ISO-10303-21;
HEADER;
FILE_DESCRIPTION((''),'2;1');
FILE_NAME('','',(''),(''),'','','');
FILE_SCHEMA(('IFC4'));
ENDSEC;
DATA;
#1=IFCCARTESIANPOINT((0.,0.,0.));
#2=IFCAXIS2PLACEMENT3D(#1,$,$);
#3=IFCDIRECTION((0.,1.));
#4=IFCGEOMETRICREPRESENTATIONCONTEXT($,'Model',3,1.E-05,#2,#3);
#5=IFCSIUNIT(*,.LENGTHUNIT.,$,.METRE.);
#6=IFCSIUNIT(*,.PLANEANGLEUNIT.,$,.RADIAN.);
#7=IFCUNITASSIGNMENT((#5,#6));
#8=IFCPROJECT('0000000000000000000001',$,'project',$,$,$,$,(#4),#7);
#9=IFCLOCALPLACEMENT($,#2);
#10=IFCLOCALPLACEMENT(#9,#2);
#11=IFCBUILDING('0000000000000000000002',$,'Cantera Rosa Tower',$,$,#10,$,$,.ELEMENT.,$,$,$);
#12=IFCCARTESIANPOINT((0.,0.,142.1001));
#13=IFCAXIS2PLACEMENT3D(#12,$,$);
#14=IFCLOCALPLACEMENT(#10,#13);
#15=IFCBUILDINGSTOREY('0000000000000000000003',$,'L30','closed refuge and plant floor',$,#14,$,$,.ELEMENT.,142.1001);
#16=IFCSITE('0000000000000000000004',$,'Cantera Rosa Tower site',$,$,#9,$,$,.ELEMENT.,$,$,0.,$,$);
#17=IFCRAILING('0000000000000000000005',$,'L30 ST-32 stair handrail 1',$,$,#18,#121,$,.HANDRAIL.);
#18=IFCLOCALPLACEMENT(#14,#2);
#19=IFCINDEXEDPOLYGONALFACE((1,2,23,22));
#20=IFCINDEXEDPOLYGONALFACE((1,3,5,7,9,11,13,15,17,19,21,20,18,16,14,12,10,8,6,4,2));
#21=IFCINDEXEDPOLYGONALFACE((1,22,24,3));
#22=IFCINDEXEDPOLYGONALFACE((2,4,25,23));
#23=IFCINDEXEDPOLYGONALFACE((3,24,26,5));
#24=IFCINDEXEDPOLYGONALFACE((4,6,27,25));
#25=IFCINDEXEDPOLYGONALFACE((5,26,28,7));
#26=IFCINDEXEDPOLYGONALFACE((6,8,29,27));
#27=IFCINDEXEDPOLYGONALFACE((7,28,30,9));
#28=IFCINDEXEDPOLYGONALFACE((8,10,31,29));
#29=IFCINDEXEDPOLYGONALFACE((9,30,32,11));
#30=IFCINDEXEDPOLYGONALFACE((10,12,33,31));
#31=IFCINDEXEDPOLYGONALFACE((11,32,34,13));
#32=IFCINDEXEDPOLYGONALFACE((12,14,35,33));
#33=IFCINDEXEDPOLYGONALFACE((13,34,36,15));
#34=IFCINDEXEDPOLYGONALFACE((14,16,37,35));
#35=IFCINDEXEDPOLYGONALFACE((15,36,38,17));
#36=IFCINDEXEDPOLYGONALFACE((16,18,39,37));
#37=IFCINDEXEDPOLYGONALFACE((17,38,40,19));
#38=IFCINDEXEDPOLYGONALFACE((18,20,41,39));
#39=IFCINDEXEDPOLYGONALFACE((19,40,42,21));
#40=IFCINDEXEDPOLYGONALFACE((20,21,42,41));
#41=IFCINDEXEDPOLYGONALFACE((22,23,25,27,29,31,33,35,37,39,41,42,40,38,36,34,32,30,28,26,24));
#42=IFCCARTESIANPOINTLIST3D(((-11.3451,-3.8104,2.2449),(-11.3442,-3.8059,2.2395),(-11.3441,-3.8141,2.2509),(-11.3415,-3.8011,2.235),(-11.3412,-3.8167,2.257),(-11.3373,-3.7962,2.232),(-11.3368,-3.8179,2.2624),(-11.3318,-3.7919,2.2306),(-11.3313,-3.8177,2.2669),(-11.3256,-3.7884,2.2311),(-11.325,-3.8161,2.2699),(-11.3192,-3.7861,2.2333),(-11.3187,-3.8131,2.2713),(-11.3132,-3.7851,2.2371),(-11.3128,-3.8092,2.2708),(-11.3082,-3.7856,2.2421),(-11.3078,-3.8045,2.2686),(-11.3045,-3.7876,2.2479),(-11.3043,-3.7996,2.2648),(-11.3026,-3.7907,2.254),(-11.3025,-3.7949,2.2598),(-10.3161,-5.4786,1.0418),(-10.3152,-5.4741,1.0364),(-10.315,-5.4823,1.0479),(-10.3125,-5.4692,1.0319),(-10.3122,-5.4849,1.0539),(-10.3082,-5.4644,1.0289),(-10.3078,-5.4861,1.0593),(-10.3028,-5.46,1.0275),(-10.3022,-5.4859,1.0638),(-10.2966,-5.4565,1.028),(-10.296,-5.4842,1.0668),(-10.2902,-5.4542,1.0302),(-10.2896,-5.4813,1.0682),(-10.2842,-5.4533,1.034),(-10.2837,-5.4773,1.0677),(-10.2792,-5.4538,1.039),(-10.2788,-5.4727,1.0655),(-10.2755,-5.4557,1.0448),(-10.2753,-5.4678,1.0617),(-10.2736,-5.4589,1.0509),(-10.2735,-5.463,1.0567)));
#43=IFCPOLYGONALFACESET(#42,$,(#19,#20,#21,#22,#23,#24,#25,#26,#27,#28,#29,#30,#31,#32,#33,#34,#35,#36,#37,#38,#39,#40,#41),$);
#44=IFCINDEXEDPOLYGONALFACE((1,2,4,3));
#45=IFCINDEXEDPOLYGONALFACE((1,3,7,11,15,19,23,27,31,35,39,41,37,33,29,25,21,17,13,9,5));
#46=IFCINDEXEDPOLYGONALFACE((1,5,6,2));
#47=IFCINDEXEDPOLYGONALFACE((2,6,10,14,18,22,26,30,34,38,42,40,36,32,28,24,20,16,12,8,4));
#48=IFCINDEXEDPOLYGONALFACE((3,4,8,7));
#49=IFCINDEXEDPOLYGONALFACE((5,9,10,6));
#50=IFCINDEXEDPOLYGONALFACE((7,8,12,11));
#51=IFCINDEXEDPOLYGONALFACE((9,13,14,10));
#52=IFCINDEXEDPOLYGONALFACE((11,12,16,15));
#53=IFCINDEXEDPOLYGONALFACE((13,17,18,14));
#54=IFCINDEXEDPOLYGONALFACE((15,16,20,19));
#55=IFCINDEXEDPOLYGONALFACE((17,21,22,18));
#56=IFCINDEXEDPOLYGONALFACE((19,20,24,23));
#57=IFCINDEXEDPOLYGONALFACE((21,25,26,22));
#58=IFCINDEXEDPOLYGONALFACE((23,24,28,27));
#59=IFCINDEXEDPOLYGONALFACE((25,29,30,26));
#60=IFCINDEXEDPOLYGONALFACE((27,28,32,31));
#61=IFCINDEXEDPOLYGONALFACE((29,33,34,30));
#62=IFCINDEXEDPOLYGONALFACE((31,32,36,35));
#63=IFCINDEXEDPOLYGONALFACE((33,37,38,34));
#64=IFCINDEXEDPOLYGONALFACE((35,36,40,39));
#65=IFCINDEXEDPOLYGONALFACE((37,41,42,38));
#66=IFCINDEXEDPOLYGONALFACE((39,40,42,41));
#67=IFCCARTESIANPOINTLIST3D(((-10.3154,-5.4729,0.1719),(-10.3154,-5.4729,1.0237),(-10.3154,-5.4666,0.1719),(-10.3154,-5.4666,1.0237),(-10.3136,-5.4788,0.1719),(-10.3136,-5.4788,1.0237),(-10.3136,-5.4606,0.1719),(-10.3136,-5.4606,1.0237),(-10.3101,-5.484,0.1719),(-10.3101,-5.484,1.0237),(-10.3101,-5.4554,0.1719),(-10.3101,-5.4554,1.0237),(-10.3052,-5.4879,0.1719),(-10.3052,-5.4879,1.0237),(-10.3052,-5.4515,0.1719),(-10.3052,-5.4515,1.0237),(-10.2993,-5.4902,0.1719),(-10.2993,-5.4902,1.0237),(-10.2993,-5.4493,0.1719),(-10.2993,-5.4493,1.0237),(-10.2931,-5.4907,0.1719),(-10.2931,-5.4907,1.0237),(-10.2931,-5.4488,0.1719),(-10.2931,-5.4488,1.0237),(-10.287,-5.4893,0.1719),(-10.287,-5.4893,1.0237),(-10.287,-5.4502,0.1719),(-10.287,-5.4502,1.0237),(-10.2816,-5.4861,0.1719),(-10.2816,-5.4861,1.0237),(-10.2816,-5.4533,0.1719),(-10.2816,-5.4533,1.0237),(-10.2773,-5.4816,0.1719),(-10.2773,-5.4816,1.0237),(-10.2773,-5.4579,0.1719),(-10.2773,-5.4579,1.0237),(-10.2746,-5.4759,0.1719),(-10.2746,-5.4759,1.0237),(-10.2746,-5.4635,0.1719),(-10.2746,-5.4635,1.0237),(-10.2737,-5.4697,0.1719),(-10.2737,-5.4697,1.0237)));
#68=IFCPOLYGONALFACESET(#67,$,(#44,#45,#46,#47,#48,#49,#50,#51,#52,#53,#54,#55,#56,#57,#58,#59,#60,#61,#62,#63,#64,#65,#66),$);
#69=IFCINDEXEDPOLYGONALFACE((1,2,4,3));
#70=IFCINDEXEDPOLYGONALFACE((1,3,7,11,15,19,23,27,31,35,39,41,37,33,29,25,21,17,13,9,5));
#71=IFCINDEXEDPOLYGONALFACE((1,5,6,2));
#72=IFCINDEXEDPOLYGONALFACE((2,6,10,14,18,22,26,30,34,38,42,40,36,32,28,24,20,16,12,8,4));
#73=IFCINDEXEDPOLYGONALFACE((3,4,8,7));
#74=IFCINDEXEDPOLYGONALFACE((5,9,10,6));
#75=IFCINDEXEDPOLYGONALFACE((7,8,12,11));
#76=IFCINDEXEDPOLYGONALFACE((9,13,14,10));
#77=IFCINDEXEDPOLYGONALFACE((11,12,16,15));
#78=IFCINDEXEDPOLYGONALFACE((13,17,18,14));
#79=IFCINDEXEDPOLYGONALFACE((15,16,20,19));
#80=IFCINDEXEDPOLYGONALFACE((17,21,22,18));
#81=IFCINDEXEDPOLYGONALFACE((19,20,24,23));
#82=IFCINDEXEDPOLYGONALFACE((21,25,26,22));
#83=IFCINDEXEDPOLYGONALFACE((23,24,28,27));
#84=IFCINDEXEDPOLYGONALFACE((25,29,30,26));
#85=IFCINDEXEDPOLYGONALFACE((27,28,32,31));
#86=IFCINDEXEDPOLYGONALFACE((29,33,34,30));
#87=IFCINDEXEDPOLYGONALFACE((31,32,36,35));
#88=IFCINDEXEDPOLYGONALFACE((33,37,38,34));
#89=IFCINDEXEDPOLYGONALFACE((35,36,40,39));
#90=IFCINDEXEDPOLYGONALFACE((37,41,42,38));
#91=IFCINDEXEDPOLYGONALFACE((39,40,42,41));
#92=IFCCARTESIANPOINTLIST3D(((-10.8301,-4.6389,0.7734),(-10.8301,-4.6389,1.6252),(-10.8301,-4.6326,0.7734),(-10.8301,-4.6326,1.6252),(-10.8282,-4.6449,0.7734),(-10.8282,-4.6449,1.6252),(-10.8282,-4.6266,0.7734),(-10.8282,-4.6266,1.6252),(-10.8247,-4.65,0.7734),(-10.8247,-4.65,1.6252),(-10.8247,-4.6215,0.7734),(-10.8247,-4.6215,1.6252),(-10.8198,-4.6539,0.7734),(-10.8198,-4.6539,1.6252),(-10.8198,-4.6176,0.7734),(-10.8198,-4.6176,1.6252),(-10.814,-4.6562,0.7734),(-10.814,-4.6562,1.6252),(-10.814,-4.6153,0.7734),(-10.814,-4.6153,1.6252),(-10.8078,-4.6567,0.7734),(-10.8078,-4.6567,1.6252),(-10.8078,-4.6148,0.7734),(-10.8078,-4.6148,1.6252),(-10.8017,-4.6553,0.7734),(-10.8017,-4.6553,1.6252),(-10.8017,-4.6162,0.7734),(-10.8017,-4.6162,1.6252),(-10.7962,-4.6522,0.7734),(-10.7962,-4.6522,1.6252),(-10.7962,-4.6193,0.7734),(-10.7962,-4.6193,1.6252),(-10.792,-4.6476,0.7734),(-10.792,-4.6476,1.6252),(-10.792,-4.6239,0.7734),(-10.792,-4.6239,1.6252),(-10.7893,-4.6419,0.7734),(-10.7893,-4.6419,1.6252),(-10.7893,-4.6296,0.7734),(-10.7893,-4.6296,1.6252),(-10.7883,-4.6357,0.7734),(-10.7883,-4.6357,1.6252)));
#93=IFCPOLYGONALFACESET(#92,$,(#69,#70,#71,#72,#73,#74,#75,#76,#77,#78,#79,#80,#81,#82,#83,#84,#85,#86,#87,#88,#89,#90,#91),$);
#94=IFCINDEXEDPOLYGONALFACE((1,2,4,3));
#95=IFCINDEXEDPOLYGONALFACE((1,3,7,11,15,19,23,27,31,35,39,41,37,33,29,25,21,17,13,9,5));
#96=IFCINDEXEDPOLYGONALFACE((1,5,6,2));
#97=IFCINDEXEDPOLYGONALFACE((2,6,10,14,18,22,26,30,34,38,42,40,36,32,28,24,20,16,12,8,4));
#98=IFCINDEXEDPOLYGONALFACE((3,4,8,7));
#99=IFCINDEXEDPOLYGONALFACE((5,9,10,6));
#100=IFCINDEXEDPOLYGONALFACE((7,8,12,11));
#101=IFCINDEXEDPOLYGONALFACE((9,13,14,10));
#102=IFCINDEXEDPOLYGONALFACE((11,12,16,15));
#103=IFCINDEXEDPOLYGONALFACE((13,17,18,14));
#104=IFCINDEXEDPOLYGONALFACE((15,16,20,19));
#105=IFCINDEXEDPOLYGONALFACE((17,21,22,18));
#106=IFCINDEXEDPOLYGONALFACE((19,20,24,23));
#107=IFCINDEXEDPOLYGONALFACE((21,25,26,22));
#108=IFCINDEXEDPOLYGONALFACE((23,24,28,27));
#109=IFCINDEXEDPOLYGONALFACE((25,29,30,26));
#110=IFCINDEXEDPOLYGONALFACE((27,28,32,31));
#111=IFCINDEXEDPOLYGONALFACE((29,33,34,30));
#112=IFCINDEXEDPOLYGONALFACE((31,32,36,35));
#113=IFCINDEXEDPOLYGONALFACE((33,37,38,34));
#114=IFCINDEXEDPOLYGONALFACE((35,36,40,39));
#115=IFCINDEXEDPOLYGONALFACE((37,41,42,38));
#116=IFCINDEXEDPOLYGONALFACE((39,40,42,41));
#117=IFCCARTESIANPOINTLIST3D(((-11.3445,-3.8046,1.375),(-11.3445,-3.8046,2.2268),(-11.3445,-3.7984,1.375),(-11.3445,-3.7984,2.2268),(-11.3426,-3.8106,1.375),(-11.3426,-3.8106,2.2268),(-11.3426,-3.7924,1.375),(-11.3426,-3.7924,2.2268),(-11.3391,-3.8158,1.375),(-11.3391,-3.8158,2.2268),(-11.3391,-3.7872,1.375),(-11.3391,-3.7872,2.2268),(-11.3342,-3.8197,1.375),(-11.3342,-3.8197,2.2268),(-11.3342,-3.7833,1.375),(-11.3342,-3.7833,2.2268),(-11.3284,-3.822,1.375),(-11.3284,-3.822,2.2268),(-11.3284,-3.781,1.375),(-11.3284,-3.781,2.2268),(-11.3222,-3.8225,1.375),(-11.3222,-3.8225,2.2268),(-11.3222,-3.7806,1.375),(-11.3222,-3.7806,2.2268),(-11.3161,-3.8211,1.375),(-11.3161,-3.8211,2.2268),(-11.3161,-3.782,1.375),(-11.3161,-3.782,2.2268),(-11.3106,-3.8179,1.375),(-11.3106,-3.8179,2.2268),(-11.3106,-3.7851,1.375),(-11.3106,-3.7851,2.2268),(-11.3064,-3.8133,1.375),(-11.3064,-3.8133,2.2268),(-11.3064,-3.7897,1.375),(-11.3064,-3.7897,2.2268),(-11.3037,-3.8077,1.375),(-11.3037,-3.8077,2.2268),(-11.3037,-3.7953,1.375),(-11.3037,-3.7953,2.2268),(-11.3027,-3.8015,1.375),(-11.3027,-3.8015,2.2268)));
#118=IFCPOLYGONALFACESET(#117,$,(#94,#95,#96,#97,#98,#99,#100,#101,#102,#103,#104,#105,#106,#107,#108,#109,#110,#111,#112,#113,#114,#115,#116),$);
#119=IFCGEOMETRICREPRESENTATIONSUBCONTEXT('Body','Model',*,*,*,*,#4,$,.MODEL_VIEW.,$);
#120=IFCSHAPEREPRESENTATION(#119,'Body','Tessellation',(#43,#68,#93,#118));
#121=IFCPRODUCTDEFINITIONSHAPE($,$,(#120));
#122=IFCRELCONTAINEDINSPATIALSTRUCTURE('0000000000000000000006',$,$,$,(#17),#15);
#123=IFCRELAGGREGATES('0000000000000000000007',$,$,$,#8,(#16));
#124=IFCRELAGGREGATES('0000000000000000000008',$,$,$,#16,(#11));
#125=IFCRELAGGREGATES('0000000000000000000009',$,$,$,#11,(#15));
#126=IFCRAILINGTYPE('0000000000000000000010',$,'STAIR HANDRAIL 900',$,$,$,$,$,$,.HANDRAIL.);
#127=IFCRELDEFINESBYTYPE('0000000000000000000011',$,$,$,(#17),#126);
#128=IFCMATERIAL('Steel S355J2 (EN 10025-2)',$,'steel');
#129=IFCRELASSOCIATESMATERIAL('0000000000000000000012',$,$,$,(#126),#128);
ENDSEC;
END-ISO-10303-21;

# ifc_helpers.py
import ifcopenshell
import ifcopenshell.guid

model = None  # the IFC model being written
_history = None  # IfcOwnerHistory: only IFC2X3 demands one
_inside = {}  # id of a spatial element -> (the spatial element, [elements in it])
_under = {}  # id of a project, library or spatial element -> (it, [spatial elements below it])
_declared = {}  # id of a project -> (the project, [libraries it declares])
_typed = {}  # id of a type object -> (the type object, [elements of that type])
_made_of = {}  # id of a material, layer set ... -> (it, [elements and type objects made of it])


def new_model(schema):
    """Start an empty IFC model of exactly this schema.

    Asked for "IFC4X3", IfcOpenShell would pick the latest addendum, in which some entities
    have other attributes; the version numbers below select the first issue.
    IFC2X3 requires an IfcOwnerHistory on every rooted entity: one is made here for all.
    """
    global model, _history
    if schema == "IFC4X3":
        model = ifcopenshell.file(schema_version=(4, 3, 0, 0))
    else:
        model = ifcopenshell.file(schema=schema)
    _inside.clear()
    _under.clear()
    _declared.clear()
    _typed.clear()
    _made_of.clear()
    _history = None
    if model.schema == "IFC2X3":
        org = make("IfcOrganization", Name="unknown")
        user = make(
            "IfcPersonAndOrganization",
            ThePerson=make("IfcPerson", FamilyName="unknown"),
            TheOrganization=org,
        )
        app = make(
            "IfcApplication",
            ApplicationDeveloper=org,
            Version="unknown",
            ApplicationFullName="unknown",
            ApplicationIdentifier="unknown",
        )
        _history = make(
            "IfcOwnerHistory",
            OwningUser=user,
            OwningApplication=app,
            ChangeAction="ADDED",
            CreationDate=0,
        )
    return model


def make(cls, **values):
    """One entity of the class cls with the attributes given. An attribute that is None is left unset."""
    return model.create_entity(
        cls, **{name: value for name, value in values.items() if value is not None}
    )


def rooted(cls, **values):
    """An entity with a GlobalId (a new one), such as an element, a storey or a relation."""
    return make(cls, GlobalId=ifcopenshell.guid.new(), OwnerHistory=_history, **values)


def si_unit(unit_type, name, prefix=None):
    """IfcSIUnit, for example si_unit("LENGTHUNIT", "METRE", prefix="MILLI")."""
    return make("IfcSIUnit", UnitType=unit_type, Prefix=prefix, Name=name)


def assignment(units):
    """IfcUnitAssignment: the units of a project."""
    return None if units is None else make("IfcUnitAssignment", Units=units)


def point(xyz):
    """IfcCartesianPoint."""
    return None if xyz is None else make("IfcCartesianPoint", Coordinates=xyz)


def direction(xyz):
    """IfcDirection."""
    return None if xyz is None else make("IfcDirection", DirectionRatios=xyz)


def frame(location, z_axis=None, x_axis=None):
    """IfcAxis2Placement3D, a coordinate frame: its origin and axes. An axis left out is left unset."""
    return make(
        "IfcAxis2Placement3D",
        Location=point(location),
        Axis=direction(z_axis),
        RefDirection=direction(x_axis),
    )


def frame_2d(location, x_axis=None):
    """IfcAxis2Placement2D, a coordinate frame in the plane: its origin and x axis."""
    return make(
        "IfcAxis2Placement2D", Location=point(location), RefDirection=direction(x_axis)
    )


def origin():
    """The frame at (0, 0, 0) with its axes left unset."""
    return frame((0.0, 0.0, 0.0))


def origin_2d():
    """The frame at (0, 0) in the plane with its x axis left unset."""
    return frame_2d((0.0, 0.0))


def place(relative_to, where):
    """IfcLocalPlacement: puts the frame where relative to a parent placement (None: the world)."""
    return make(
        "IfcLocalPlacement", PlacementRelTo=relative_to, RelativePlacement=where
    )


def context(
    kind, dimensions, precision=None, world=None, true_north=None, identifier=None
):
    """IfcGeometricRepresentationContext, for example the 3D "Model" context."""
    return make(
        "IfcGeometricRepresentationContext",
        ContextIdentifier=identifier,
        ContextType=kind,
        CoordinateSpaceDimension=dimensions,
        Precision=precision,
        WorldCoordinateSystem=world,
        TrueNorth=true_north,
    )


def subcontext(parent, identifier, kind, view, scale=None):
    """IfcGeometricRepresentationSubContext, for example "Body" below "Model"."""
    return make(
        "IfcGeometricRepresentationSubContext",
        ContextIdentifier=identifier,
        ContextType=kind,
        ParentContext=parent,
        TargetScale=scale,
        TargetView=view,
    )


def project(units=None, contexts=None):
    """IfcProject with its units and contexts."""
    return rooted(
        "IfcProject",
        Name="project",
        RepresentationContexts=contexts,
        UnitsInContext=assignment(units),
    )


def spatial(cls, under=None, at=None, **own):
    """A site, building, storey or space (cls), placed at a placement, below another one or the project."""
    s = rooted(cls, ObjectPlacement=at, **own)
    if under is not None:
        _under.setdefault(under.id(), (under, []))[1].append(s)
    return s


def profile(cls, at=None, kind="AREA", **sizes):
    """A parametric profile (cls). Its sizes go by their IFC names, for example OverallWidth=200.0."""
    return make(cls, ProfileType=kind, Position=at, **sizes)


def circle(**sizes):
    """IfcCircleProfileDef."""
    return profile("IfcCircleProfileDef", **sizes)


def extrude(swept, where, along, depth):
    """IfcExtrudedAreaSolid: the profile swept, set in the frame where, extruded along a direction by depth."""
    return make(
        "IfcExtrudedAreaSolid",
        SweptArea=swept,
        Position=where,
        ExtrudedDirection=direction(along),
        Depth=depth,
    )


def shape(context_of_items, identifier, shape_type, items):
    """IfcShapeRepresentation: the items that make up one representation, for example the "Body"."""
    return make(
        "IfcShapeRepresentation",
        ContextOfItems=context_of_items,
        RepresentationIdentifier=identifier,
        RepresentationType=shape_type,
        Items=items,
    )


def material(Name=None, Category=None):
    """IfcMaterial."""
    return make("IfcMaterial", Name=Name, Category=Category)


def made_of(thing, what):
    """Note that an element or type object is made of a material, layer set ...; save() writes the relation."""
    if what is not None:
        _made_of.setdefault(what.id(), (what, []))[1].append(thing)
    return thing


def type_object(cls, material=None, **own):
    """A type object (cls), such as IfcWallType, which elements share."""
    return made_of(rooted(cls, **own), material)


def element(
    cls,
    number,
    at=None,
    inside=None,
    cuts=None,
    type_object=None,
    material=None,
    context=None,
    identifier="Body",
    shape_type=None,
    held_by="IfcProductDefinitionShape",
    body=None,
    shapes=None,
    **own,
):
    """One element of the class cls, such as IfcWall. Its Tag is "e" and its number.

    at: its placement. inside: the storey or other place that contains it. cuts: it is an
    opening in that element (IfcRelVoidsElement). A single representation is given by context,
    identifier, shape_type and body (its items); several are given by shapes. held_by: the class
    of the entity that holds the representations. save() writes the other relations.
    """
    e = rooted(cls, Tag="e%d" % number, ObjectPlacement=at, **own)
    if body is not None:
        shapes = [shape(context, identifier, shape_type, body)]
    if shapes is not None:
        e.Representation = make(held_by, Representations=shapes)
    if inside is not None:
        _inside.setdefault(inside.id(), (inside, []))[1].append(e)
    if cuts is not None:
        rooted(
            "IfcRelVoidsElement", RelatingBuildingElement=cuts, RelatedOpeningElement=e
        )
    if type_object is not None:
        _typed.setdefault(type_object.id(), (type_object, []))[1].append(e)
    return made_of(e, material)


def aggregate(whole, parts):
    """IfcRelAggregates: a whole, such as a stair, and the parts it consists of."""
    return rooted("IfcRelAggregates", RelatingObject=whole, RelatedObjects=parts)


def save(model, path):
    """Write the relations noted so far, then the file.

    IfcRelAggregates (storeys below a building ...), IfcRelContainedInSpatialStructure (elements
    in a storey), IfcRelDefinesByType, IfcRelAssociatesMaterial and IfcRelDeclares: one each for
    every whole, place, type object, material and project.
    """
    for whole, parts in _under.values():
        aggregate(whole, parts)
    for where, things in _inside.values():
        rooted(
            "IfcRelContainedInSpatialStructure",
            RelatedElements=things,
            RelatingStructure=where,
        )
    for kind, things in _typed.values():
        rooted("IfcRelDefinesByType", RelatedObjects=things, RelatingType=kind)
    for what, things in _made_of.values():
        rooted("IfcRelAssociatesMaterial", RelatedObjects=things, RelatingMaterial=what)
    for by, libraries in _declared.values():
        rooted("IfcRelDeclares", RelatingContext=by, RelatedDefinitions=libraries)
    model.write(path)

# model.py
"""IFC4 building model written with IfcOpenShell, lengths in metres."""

from ifc_helpers import new_model, si_unit, direction, frame, origin, origin_2d, place, context, subcontext, project, spatial, circle, extrude, material, type_object, element, save


model = new_model("IFC4")

# Units and contexts
model_context = context("Model", 3, precision=1e-05, world=origin(), true_north=direction((0.0, 1.0)))
body_context = subcontext(model_context, "Body", "Model", "MODEL_VIEW")
ifc_project = project(units=[si_unit("LENGTHUNIT", "METRE"), si_unit("PLANEANGLEUNIT", "RADIAN")], contexts=[model_context])

# Site, building, storey
site_placement = place(None, origin())
site = spatial("IfcSite", under=ifc_project, at=site_placement, Name="Cantera Rosa Tower site", CompositionType="ELEMENT", RefElevation=0.0)
building_placement = place(site_placement, origin())
building = spatial("IfcBuilding", under=site, at=building_placement, Name="Cantera Rosa Tower", CompositionType="ELEMENT")
storey_placement = place(building_placement, frame((0.0, 0.0, 142.1001)))
storey = spatial("IfcBuildingStorey", under=building, at=storey_placement, Name="L30", Description="closed refuge and plant floor", CompositionType="ELEMENT", Elevation=142.1001)

# Railing
ifc_material_1 = material(Name="Steel S355J2 (EN 10025-2)", Category="steel")
railing_type_1 = type_object("IfcRailingType", Name="STAIR HANDRAIL 900", PredefinedType="HANDRAIL", material=ifc_material_1)
for number, where, name in (
    (1, (-10.2947, -5.4697, 0.1719), "L30 ST-32 stair handrail 1"),
):
    element("IfcRailing", number, at=place(storey_placement, frame(where)), inside=storey, type_object=railing_type_1, Name=name, PredefinedType="HANDRAIL", context=body_context, shape_type="SweptSolid", body=[
        extrude(circle(Radius=0.0239, at=origin_2d()), frame((0.0, 0.0, 0.876), z_axis=(-0.44744, 0.725352, 0.523128), x_axis=(-0.851098, -0.525008, 0.0)), (0.0, 0.0, 1.0), 2.2998),
        extrude(circle(Radius=0.021, at=origin_2d()), origin(), (0.0, 0.0, 1.0), 0.8518),
        extrude(circle(Radius=0.021, at=origin_2d()), frame((-0.5146, 0.834, 0.6016)), (0.0, 0.0, 1.0), 0.8518),
        extrude(circle(Radius=0.021, at=origin_2d()), frame((-1.0291, 1.6682, 1.2031)), (0.0, 0.0, 1.0), 0.8518),
    ])

save(model, "model.ifc")
